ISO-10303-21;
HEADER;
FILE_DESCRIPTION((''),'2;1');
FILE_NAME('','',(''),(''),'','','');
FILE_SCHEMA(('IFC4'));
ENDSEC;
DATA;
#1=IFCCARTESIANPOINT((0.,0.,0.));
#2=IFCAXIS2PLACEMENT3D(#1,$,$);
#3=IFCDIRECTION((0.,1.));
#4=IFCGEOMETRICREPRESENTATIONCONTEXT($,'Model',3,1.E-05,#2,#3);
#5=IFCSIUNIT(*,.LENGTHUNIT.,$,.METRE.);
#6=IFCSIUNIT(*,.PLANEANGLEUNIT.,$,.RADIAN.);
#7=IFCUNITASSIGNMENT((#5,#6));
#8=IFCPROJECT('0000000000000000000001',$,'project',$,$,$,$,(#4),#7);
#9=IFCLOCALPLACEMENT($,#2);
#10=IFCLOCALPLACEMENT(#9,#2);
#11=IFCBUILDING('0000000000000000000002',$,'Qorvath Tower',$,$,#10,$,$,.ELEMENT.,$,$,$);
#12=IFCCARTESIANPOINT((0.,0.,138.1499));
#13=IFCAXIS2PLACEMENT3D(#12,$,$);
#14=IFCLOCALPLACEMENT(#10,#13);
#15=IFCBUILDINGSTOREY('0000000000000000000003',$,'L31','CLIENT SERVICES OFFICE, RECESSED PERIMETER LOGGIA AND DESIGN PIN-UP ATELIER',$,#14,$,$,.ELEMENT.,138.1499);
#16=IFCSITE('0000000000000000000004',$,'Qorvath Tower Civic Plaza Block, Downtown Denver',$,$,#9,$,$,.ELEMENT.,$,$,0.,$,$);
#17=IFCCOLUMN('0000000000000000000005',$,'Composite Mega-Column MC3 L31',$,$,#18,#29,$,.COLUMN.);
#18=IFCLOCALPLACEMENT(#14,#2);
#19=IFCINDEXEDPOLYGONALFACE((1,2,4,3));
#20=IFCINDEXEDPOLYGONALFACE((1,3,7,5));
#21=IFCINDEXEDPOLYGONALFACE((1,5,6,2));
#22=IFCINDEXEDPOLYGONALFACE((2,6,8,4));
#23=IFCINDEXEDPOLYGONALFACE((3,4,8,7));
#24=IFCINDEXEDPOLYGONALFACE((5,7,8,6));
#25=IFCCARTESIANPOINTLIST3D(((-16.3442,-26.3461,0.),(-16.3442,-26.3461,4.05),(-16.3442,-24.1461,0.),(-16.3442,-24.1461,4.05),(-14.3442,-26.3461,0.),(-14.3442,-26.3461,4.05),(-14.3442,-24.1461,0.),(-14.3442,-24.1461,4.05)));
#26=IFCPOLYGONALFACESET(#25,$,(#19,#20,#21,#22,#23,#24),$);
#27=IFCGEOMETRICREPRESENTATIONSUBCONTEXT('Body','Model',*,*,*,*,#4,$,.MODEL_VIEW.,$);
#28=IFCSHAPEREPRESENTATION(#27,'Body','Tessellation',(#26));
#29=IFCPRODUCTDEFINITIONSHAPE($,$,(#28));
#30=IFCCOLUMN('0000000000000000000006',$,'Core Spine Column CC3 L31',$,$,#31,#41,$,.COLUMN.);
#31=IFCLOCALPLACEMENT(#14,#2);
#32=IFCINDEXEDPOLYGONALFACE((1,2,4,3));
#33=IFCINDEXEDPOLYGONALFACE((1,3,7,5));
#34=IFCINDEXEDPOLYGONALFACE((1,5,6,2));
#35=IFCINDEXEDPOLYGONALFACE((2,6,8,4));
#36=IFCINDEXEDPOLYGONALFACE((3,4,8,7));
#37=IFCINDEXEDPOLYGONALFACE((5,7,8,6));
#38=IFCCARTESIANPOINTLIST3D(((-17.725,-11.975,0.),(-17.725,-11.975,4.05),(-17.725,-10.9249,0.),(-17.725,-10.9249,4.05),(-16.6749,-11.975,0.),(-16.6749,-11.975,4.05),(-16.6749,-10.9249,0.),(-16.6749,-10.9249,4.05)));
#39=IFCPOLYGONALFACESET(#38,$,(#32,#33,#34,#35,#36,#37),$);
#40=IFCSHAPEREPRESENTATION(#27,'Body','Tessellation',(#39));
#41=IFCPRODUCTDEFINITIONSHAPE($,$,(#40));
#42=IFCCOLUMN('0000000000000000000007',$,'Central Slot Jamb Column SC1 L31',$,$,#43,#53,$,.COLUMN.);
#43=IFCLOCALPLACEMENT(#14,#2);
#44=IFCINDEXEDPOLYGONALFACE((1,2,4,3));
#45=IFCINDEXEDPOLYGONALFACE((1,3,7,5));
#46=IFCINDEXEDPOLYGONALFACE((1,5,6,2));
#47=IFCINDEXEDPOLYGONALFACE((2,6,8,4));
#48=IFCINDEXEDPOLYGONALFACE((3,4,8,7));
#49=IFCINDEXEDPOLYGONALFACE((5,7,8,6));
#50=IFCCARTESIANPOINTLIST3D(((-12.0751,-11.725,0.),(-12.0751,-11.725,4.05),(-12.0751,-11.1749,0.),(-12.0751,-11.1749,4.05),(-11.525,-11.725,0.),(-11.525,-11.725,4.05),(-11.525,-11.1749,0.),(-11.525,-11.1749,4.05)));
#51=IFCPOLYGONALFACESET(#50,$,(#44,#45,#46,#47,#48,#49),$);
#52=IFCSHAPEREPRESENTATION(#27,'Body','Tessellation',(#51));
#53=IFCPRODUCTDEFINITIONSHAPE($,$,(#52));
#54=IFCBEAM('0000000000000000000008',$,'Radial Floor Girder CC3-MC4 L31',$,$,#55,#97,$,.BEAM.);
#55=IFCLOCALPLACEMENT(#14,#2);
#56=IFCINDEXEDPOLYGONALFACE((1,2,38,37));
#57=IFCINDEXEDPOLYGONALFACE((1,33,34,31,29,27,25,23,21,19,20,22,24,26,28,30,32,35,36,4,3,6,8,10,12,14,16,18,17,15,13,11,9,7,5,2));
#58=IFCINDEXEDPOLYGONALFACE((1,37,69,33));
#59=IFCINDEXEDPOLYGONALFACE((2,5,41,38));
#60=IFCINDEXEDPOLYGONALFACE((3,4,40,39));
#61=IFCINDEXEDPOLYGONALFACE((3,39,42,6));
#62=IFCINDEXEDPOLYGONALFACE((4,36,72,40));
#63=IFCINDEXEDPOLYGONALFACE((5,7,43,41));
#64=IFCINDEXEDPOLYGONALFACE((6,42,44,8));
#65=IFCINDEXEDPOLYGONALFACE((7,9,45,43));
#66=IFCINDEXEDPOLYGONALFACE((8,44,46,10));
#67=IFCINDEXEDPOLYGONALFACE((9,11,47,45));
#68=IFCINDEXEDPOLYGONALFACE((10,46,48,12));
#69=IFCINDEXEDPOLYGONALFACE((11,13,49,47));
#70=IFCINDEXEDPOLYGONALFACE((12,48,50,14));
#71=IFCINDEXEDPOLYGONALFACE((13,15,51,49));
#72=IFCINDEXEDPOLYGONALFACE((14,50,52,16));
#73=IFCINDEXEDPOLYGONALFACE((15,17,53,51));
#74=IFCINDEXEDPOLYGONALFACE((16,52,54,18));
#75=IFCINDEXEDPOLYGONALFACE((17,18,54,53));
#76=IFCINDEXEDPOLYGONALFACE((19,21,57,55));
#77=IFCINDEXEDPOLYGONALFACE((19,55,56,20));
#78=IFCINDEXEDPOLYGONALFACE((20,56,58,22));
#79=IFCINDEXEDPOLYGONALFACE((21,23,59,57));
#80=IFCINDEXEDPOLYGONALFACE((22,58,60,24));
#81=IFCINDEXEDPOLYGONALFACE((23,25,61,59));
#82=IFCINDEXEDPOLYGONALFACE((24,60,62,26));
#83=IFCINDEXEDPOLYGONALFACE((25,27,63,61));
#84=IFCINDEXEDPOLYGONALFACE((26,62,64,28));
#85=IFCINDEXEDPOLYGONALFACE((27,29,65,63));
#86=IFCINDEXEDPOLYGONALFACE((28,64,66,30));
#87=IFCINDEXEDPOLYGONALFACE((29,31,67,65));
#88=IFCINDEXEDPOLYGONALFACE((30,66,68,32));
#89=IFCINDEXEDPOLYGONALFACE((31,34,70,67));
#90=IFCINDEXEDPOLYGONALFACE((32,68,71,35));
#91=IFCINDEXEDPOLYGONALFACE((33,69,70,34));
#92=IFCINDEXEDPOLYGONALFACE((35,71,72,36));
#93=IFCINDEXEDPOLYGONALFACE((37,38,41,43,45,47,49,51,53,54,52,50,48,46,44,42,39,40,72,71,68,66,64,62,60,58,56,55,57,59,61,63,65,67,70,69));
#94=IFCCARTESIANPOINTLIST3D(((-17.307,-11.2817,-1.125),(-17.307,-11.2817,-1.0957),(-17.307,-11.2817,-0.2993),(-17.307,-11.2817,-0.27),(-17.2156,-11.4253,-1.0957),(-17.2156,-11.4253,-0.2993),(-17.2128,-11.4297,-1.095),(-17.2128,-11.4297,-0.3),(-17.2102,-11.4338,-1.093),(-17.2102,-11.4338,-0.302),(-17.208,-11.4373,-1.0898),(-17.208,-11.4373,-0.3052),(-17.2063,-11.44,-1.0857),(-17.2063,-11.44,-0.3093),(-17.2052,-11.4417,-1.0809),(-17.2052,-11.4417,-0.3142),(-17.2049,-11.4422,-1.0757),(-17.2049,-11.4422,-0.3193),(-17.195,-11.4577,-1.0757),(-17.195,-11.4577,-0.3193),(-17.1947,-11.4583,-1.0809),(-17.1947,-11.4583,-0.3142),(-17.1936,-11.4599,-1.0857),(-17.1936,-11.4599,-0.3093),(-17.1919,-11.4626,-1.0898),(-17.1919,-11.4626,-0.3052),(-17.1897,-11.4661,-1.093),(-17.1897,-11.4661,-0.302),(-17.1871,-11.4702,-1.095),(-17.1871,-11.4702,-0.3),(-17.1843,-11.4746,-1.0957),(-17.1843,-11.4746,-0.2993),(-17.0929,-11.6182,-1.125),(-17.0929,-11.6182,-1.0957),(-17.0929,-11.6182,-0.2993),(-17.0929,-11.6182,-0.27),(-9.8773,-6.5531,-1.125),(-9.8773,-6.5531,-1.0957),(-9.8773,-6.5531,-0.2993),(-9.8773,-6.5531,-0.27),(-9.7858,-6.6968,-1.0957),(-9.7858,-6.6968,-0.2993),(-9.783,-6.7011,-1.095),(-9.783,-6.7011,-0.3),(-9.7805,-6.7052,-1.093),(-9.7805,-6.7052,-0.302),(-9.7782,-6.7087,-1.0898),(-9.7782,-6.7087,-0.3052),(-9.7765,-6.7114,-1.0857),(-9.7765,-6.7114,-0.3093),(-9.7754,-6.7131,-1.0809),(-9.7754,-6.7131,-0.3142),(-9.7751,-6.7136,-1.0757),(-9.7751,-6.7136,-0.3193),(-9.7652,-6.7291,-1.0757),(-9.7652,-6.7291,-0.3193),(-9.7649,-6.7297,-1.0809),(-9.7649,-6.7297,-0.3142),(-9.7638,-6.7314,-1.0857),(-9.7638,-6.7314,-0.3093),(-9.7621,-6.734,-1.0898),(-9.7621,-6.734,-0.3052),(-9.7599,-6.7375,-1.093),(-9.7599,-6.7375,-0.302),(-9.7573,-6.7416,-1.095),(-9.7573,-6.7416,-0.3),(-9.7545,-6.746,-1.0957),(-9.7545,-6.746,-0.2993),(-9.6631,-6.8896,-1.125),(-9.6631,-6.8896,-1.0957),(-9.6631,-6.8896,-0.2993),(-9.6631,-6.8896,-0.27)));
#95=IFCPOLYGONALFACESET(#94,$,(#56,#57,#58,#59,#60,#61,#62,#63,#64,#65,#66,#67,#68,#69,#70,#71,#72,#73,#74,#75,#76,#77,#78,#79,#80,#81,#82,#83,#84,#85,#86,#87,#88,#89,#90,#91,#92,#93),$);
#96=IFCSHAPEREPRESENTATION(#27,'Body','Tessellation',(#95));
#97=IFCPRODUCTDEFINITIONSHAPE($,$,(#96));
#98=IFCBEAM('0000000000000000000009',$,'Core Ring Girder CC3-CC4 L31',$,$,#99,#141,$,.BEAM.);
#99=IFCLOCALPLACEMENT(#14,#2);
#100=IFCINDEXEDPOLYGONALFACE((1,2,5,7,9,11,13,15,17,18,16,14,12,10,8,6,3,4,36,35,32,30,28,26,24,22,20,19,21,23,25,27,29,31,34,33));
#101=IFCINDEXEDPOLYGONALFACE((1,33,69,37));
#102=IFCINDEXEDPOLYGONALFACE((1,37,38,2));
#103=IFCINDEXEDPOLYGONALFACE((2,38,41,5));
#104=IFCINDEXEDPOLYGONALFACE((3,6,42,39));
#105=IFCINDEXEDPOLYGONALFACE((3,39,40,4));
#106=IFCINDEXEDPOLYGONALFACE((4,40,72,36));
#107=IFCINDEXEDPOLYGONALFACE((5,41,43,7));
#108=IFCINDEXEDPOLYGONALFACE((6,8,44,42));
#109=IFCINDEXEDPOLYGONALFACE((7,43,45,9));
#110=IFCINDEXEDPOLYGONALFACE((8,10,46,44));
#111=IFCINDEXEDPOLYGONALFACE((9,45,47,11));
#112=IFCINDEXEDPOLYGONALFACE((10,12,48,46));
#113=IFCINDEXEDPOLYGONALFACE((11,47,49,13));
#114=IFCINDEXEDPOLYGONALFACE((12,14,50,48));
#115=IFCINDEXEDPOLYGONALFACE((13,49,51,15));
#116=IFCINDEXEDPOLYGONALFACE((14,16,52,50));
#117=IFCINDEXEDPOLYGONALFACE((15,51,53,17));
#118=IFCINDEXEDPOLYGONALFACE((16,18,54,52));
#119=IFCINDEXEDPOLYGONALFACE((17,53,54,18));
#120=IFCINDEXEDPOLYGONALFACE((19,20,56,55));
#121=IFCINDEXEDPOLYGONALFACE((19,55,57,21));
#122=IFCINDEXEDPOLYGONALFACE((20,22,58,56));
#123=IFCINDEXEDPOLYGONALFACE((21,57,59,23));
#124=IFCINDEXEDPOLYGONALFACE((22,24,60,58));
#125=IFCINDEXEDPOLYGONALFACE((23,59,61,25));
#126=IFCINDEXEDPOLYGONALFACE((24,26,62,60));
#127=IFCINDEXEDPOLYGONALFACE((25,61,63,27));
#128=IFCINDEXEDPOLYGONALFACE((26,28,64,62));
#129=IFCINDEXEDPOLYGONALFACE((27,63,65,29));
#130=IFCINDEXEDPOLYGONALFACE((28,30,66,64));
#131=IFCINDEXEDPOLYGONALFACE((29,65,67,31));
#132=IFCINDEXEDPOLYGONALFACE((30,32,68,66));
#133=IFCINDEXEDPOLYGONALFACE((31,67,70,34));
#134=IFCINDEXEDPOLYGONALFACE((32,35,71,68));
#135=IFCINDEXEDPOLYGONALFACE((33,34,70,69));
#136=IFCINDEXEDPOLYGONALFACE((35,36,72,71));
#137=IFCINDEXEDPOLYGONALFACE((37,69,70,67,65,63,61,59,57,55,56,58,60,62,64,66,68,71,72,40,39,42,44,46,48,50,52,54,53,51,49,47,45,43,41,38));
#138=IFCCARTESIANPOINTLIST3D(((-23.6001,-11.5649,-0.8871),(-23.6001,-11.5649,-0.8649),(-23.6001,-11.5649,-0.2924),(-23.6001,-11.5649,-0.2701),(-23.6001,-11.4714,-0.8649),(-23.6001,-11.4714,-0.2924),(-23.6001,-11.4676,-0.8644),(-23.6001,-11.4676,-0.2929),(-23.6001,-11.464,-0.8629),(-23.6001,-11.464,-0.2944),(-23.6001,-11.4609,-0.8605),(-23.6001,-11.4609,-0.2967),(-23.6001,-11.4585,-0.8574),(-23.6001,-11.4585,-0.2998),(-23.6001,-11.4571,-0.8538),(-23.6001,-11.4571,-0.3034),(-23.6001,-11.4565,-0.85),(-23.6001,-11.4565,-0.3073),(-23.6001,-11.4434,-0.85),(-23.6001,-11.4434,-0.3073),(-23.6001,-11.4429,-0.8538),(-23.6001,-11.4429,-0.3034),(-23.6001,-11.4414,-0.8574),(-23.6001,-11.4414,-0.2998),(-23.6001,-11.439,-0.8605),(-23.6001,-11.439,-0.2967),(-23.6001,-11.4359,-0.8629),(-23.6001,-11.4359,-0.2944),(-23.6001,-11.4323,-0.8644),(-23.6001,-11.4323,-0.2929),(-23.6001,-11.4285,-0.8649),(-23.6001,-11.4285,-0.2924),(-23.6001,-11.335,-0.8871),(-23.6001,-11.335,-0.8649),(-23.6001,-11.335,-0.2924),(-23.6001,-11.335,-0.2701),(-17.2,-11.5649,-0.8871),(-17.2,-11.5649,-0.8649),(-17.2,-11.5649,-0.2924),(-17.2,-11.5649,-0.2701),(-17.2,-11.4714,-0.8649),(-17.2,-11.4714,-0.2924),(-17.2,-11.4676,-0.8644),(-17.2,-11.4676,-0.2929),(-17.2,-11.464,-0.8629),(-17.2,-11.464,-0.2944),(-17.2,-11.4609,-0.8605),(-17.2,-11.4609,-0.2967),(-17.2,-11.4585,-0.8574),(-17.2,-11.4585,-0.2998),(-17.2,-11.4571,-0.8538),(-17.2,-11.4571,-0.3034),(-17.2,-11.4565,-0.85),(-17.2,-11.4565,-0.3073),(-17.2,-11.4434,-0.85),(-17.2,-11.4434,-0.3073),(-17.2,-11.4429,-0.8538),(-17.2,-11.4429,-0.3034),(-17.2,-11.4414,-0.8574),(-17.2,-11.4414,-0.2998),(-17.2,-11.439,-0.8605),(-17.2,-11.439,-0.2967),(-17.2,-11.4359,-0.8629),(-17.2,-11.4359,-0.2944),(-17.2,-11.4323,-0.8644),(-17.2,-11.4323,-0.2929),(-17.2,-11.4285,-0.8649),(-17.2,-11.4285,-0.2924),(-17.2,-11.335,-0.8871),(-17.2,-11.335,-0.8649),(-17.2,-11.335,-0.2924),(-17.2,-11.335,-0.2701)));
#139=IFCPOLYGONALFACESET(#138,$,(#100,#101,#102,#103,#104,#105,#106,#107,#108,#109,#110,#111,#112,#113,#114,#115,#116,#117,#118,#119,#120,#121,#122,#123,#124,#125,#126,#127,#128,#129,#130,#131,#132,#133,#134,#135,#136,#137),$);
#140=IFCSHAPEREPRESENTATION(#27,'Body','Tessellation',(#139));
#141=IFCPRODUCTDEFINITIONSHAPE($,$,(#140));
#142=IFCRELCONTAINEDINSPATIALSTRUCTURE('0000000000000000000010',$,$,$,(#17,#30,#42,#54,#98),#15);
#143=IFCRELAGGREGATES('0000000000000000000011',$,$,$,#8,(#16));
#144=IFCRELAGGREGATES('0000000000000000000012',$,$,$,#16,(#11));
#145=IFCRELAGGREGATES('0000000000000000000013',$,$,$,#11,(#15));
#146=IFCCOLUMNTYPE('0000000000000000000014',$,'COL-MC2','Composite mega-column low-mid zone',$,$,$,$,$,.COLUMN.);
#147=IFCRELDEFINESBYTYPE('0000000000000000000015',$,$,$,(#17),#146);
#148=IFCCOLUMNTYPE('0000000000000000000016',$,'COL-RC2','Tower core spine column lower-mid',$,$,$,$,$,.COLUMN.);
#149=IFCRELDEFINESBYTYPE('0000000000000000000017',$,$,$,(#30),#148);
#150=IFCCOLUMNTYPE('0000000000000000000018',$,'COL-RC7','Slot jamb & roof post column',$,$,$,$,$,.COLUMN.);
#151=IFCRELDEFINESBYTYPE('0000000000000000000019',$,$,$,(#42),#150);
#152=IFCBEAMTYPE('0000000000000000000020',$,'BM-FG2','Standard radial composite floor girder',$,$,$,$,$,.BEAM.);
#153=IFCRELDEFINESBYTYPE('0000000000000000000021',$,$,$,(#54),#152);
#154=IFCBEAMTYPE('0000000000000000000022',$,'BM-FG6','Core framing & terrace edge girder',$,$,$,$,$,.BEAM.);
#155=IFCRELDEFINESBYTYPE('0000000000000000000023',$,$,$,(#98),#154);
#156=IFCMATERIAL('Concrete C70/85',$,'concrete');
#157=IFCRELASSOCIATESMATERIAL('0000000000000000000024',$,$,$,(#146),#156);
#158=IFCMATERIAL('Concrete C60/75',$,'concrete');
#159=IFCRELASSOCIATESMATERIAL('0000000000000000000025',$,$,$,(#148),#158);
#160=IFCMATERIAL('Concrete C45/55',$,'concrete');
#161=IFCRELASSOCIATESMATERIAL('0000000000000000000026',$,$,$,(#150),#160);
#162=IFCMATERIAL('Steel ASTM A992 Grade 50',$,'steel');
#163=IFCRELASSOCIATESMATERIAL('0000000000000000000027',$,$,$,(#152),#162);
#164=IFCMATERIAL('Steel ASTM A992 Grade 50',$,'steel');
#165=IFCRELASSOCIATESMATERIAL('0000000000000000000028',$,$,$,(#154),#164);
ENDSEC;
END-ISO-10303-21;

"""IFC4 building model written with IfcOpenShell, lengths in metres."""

from ifc_helpers import new_model, si_unit, direction, frame, origin, origin_2d, place, context, subcontext, project, spatial, rectangle, i_section, extrude, material, material_profile, profile_set, type_object, element, save


model = new_model("IFC4")

# Units and contexts
model_context = context("Model", 3, precision=1e-05, world=origin(), true_north=direction((0.0, 1.0)))
body_context = subcontext(model_context, "Body", "Model", "MODEL_VIEW")
ifc_project = project(units=[si_unit("LENGTHUNIT", "METRE"), si_unit("PLANEANGLEUNIT", "RADIAN")], contexts=[model_context])

# Site, building, storey
site_placement = place(None, origin())
site = spatial("IfcSite", under=ifc_project, at=site_placement, Name="Qorvath Tower Civic Plaza Block, Downtown Denver", CompositionType="ELEMENT", RefElevation=0.0)
building_placement = place(site_placement, origin())
building = spatial("IfcBuilding", under=site, at=building_placement, Name="Qorvath Tower", CompositionType="ELEMENT")
storey_placement = place(building_placement, frame((0.0, 0.0, 138.1499)))
storey = spatial("IfcBuildingStorey", under=building, at=storey_placement, Name="L31", Description="CLIENT SERVICES OFFICE, RECESSED PERIMETER LOGGIA AND DESIGN PIN-UP ATELIER", CompositionType="ELEMENT", Elevation=138.1499)

# Columns
ifc_material_1 = material(Name="Concrete C70/85", Category="concrete")
ifc_material_profile_1 = material_profile(ifc_material_1, rectangle(XDim=2.0, YDim=2.2, at=origin_2d()), Name="MC 2200x2000")
ifc_profile_set_1 = profile_set([ifc_material_profile_1], Name="Concrete C70/85")
column_type_1 = type_object("IfcColumnType", Name="COL-MC2", Description="Composite mega-column low-mid zone", PredefinedType="COLUMN", material=ifc_profile_set_1)
column_1_placement = place(storey_placement, frame((-15.3442, -25.2461, 0.0), z_axis=(0.0, 0.0, 1.0), x_axis=(1.0, 0.0, 0.0)))
element("IfcColumn", 1, at=column_1_placement, inside=storey, type_object=column_type_1, Name="Composite Mega-Column MC3 L31", PredefinedType="COLUMN", context=body_context, shape_type="SweptSolid", body=[
    extrude(rectangle(XDim=2.0, YDim=2.2, at=origin_2d()), origin(), (0.0, 0.0, 1.0), 4.05),
])
ifc_material_2 = material(Name="Concrete C60/75", Category="concrete")
ifc_material_profile_2 = material_profile(ifc_material_2, rectangle(XDim=1.05, YDim=1.05, at=origin_2d()), Name="RC 1050x1050")
ifc_profile_set_2 = profile_set([ifc_material_profile_2], Name="Concrete C60/75")
column_type_2 = type_object("IfcColumnType", Name="COL-RC2", Description="Tower core spine column lower-mid", PredefinedType="COLUMN", material=ifc_profile_set_2)
column_2_placement = place(storey_placement, frame((-17.2, -11.45, 0.0), z_axis=(0.0, 0.0, 1.0), x_axis=(1.0, 0.0, 0.0)))
element("IfcColumn", 2, at=column_2_placement, inside=storey, type_object=column_type_2, Name="Core Spine Column CC3 L31", PredefinedType="COLUMN", context=body_context, shape_type="SweptSolid", body=[
    extrude(rectangle(XDim=1.05, YDim=1.05, at=origin_2d()), origin(), (0.0, 0.0, 1.0), 4.05),
])
ifc_material_3 = material(Name="Concrete C45/55", Category="concrete")
ifc_material_profile_3 = material_profile(ifc_material_3, rectangle(XDim=0.55, YDim=0.55, at=origin_2d()), Name="RC 550x550")
ifc_profile_set_3 = profile_set([ifc_material_profile_3], Name="Concrete C45/55")
column_type_3 = type_object("IfcColumnType", Name="COL-RC7", Description="Slot jamb & roof post column", PredefinedType="COLUMN", material=ifc_profile_set_3)
column_3_placement = place(storey_placement, frame((-11.8, -11.45, 0.0), z_axis=(0.0, 0.0, 1.0), x_axis=(1.0, 0.0, 0.0)))
element("IfcColumn", 3, at=column_3_placement, inside=storey, type_object=column_type_3, Name="Central Slot Jamb Column SC1 L31", PredefinedType="COLUMN", context=body_context, shape_type="SweptSolid", body=[
    extrude(rectangle(XDim=0.55, YDim=0.55, at=origin_2d()), origin(), (0.0, 0.0, 1.0), 4.05),
])

# Beams
ifc_material_4 = material(Name="Steel ASTM A992 Grade 50", Category="steel")
ifc_material_profile_4 = material_profile(ifc_material_4, i_section(OverallWidth=0.3989, OverallDepth=0.855, WebThickness=0.0183, FlangeThickness=0.0293, FilletRadius=0.02, at=origin_2d()), Name="W33x201")
ifc_profile_set_4 = profile_set([ifc_material_profile_4], Name="Steel ASTM A992 Grade 50")
beam_type_1 = type_object("IfcBeamType", Name="BM-FG2", Description="Standard radial composite floor girder", PredefinedType="BEAM", material=ifc_profile_set_4)
beam_1_placement = place(storey_placement, frame((-17.2, -11.45, -0.6975), z_axis=(0.843634, 0.536919, 0.0), x_axis=(-0.536919, 0.843634, 0.0)))
element("IfcBeam", 4, at=beam_1_placement, inside=storey, type_object=beam_type_1, Name="Radial Floor Girder CC3-MC4 L31", PredefinedType="BEAM", context=body_context, shape_type="SweptSolid", body=[
    extrude(i_section(OverallWidth=0.3989, OverallDepth=0.855, WebThickness=0.0183, FlangeThickness=0.0293, FilletRadius=0.02, at=origin_2d()), origin(), (0.0, 0.0, 1.0), 8.8069),
])
ifc_material_5 = material(Name="Steel ASTM A992 Grade 50", Category="steel")
ifc_material_profile_5 = material_profile(ifc_material_5, i_section(OverallWidth=0.23, OverallDepth=0.6169, WebThickness=0.0132, FlangeThickness=0.0222, FilletRadius=0.0149, at=origin_2d()), Name="W24x94")
ifc_profile_set_5 = profile_set([ifc_material_profile_5], Name="Steel ASTM A992 Grade 50")
beam_type_2 = type_object("IfcBeamType", Name="BM-FG6", Description="Core framing & terrace edge girder", PredefinedType="BEAM", material=ifc_profile_set_5)
beam_2_placement = place(storey_placement, frame((-17.2, -11.45, -0.5786), z_axis=(-1.0, 0.0, 0.0), x_axis=(0.0, -1.0, 0.0)))
element("IfcBeam", 5, at=beam_2_placement, inside=storey, type_object=beam_type_2, Name="Core Ring Girder CC3-CC4 L31", PredefinedType="BEAM", context=body_context, shape_type="SweptSolid", body=[
    extrude(i_section(OverallWidth=0.23, OverallDepth=0.6169, WebThickness=0.0132, FlangeThickness=0.0222, FilletRadius=0.0149, at=origin_2d()), origin(), (0.0, 0.0, 1.0), 6.4001),
])

save(model, "model.ifc")
